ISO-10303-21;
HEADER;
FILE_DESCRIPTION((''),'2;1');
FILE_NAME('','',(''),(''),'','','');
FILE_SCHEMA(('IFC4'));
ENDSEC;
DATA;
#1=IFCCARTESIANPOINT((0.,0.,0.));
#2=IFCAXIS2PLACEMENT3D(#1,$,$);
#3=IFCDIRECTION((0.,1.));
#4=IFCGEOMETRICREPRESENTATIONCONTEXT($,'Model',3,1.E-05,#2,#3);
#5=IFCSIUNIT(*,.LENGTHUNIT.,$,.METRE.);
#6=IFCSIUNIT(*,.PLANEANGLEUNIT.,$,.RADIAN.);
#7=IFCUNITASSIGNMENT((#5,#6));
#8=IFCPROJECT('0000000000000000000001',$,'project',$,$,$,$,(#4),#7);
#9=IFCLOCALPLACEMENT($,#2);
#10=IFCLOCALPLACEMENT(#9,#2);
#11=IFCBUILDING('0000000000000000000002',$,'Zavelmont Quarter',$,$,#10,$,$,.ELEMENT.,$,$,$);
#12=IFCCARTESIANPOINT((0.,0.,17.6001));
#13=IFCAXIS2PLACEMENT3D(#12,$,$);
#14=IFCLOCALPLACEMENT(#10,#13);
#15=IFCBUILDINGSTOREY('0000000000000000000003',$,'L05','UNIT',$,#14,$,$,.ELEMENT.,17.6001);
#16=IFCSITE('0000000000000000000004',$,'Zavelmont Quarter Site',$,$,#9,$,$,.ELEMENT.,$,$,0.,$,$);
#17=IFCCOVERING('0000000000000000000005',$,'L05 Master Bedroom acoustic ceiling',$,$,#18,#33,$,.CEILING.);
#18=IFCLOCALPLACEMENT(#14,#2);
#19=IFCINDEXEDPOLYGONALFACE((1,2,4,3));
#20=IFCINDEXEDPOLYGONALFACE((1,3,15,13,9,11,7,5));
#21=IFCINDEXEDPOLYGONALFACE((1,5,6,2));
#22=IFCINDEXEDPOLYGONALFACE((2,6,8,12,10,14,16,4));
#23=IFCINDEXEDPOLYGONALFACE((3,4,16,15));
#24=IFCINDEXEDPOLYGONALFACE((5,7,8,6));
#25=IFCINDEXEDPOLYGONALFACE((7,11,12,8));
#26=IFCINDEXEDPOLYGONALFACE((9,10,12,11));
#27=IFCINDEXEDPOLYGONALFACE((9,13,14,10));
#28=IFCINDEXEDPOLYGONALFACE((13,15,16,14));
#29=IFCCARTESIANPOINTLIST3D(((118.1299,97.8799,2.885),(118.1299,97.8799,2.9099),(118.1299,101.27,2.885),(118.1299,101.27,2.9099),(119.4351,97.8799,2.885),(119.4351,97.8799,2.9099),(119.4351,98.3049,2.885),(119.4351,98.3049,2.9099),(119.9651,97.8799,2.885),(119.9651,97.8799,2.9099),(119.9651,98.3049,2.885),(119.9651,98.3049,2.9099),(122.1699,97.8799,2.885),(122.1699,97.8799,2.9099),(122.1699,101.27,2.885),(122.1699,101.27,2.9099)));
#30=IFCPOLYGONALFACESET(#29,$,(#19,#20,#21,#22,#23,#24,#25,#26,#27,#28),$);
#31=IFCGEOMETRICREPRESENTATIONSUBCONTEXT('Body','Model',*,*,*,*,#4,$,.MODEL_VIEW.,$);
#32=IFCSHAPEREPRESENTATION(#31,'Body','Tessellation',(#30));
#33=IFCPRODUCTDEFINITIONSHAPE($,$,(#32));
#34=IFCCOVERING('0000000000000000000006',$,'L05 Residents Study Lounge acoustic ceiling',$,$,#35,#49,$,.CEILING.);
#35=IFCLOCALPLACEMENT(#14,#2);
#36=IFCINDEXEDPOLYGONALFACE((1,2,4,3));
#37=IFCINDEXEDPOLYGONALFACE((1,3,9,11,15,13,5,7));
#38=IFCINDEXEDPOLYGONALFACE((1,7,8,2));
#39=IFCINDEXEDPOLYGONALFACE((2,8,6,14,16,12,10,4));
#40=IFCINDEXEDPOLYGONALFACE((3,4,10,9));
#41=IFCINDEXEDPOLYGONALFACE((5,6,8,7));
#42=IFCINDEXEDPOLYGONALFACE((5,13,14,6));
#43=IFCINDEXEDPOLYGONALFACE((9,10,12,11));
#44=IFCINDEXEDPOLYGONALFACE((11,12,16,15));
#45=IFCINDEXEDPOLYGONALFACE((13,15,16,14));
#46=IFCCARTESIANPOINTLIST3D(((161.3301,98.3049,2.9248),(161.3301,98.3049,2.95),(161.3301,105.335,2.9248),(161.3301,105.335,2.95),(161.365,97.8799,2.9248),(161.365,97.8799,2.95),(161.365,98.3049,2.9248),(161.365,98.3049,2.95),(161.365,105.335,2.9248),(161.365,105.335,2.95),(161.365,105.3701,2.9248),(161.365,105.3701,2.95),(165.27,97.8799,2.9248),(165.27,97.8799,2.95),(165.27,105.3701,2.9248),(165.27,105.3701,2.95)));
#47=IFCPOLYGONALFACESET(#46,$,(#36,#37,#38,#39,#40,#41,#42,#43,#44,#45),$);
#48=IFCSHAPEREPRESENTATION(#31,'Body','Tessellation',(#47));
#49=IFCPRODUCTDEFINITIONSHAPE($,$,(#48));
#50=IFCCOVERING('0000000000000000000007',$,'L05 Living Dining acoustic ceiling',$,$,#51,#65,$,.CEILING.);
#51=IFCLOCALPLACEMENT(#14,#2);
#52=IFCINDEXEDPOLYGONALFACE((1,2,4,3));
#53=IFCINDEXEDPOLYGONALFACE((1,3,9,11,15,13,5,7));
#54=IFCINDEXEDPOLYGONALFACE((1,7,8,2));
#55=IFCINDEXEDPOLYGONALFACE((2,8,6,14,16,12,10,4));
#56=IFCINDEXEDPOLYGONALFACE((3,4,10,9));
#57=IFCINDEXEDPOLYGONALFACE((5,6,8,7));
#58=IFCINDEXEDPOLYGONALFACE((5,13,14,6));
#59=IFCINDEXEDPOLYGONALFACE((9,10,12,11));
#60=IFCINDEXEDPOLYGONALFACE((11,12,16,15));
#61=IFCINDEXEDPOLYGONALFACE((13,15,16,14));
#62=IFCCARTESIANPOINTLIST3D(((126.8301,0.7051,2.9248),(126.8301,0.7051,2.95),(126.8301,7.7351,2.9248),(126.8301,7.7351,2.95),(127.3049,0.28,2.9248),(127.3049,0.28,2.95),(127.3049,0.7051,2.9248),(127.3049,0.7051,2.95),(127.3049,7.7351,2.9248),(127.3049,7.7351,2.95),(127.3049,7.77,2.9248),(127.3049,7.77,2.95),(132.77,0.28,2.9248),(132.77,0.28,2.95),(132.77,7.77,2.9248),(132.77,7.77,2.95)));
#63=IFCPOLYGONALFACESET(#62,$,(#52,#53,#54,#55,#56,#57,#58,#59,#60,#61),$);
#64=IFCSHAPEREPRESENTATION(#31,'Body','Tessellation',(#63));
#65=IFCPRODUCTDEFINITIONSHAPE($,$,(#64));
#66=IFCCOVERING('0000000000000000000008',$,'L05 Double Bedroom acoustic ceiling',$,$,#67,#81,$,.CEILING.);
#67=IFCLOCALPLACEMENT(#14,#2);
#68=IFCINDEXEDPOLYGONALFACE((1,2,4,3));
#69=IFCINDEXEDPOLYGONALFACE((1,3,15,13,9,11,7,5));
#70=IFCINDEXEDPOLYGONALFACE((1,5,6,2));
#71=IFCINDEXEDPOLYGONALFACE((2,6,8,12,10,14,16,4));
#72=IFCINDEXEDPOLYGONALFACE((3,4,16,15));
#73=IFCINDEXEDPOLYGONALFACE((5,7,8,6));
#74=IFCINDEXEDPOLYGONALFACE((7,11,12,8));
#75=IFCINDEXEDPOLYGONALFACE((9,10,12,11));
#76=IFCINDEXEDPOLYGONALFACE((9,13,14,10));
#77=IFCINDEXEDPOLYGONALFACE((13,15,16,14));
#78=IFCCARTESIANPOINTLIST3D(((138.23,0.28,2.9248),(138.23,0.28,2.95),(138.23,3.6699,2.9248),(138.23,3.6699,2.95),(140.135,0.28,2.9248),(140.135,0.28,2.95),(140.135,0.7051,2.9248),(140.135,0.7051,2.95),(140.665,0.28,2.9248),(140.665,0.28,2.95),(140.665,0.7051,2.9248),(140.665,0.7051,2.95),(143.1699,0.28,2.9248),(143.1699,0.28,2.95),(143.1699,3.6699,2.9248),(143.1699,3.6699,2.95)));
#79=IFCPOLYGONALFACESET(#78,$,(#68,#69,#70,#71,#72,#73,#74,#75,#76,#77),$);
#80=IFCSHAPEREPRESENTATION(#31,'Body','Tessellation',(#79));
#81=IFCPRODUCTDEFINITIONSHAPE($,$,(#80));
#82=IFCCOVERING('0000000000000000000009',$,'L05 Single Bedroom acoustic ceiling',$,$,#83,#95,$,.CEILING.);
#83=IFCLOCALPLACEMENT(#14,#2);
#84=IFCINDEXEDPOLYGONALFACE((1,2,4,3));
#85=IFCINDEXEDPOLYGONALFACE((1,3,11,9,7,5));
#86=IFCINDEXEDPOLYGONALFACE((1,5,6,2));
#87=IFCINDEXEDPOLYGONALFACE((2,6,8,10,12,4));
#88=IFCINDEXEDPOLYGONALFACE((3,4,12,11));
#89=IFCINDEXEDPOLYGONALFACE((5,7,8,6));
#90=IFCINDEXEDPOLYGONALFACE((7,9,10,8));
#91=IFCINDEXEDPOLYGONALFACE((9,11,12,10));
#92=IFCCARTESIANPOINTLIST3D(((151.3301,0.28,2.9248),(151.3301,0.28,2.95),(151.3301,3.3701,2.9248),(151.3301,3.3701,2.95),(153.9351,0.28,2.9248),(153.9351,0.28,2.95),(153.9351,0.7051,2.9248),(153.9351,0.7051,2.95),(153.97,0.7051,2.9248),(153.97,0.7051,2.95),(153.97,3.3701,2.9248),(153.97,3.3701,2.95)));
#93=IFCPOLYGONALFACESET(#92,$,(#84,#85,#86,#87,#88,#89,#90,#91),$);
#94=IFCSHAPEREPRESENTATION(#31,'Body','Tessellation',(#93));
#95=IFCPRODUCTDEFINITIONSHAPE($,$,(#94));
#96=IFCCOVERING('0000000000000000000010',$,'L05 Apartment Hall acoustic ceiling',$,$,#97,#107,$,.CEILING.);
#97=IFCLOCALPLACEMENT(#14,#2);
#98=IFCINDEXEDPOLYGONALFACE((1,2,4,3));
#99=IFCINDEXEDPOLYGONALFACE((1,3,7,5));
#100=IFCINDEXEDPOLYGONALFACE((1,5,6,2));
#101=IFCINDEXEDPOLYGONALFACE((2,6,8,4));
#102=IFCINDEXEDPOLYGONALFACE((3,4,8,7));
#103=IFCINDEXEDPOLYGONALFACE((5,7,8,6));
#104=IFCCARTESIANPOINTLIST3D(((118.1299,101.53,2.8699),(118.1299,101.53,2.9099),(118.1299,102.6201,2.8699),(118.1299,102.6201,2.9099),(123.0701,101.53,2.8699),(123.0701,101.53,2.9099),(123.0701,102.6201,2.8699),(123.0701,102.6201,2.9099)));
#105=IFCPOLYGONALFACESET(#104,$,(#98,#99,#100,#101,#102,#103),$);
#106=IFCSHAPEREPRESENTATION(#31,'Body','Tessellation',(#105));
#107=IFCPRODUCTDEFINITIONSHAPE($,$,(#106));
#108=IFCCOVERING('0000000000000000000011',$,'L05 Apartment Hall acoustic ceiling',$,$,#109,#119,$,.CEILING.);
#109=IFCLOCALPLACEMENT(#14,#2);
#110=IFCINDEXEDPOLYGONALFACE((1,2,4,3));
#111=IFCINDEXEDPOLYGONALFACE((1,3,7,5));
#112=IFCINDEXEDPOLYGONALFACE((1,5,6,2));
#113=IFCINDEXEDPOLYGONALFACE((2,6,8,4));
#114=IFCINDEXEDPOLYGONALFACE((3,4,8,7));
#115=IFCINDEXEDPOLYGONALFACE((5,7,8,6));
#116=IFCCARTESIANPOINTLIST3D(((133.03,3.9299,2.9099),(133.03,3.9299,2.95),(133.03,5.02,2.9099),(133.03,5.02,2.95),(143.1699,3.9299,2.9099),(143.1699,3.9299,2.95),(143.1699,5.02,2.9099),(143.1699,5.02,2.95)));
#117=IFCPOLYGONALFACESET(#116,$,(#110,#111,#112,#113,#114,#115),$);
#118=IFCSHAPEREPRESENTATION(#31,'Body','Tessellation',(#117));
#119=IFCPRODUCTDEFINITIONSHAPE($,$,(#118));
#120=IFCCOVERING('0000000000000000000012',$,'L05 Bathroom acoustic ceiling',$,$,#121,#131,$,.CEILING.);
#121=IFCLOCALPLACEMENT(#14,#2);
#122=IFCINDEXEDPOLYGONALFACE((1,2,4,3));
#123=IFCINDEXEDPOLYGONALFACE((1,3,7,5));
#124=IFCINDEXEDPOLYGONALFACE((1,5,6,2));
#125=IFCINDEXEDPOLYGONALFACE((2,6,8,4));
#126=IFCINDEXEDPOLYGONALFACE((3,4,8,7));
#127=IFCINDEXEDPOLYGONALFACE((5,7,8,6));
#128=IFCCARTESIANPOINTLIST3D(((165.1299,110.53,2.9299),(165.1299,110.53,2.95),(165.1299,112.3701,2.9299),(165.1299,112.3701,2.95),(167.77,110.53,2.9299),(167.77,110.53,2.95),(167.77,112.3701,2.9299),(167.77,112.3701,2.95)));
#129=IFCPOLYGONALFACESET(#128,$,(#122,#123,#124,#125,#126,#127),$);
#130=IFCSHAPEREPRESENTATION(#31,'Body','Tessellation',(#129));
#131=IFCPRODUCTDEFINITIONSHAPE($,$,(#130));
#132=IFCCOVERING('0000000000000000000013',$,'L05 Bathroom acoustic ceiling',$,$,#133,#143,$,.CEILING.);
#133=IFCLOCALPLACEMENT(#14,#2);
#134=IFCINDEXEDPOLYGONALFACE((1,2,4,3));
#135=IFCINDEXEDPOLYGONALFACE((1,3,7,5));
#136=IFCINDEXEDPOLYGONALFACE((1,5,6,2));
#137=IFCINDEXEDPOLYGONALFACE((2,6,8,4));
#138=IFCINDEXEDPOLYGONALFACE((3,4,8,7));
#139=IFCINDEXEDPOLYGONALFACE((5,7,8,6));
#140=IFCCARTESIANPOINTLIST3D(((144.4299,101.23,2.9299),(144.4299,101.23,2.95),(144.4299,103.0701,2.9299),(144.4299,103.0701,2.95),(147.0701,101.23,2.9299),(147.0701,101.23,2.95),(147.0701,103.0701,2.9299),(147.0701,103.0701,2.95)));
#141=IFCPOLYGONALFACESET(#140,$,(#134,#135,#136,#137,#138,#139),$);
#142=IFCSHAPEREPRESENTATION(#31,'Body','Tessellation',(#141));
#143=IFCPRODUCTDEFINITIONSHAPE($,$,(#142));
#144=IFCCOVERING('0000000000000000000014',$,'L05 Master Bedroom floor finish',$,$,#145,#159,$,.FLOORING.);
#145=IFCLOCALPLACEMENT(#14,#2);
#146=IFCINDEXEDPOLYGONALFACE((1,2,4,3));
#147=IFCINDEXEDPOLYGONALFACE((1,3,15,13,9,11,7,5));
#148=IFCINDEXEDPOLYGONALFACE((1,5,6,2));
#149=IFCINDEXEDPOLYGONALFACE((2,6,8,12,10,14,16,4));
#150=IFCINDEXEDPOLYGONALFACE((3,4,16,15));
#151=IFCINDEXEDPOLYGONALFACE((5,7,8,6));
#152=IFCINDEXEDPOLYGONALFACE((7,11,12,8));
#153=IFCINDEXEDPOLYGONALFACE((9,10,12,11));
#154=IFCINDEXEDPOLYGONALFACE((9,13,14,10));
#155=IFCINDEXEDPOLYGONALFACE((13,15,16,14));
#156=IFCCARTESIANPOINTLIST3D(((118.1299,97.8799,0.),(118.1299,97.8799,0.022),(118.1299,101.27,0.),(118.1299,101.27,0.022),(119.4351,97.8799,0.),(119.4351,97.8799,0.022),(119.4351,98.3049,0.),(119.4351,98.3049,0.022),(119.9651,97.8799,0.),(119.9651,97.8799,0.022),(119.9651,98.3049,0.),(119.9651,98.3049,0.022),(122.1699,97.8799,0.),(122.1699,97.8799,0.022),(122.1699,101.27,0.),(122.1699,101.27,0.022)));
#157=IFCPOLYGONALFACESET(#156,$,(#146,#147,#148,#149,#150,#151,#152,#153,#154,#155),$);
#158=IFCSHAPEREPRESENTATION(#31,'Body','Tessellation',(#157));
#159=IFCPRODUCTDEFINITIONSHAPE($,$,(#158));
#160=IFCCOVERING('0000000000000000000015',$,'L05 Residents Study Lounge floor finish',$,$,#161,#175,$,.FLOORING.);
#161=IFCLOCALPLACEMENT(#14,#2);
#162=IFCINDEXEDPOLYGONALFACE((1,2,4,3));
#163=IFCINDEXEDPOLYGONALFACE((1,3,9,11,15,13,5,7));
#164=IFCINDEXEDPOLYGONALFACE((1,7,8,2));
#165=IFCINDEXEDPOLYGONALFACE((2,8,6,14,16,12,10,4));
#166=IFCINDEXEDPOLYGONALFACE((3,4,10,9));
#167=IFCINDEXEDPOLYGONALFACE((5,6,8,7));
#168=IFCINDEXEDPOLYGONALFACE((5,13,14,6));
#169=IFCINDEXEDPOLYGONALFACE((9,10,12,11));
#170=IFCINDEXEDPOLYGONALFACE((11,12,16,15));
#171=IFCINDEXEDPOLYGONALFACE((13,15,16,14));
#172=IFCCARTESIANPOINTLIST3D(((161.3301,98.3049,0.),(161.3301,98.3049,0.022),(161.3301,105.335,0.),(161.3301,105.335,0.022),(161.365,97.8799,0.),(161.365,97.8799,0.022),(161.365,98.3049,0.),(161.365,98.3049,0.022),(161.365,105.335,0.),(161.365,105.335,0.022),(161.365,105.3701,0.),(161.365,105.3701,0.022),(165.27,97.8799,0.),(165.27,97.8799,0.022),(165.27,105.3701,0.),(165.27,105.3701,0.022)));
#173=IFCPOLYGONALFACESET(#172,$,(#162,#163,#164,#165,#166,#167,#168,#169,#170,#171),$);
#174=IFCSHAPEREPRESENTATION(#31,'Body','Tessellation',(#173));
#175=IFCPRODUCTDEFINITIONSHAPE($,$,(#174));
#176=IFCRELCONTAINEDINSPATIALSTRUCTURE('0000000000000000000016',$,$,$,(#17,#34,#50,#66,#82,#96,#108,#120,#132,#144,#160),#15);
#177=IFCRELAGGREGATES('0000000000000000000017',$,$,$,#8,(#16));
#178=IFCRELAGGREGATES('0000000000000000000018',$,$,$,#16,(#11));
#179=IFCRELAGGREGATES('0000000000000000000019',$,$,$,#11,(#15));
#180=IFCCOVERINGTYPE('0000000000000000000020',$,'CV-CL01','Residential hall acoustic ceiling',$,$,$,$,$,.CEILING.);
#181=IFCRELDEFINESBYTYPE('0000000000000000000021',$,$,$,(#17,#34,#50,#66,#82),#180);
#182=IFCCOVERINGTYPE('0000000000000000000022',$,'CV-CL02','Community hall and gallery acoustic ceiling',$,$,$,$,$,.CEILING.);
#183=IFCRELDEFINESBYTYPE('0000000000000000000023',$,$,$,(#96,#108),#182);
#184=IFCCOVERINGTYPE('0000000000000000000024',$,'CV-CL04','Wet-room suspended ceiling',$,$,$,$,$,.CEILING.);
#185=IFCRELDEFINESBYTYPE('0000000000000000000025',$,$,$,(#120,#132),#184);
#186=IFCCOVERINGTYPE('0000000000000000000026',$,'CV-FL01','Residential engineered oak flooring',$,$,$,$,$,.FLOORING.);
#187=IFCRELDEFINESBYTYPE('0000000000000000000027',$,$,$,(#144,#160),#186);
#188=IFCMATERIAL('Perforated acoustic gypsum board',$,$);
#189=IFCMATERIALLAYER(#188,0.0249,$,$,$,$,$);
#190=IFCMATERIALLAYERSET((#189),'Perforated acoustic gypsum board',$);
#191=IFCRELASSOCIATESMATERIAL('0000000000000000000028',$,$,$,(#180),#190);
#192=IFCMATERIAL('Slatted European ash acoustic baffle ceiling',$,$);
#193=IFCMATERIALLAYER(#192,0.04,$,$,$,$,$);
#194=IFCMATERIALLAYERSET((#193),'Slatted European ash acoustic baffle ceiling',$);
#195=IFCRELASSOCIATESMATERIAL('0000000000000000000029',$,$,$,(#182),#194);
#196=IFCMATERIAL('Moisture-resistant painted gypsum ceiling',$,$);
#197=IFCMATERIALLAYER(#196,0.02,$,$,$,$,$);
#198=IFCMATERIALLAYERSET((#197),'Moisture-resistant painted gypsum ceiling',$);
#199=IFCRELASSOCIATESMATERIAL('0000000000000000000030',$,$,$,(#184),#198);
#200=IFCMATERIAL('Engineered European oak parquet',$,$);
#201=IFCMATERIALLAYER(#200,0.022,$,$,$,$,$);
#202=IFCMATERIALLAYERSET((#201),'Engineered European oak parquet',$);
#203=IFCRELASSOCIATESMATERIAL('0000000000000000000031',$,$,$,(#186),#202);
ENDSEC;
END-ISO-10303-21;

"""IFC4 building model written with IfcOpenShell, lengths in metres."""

from ifc_helpers import new_model, si_unit, direction, frame, origin, place, context, subcontext, project, spatial, polyline, outline, extrude, material, layer, layer_set, type_object, element, save


model = new_model("IFC4")

# Units and contexts
model_context = context("Model", 3, precision=1e-05, world=origin(), true_north=direction((0.0, 1.0)))
body_context = subcontext(model_context, "Body", "Model", "MODEL_VIEW")
ifc_project = project(units=[si_unit("LENGTHUNIT", "METRE"), si_unit("PLANEANGLEUNIT", "RADIAN")], contexts=[model_context])

# Site, building, storey
site_placement = place(None, origin())
site = spatial("IfcSite", under=ifc_project, at=site_placement, Name="Zavelmont Quarter Site", CompositionType="ELEMENT", RefElevation=0.0)
building_placement = place(site_placement, origin())
building = spatial("IfcBuilding", under=site, at=building_placement, Name="Zavelmont Quarter", CompositionType="ELEMENT")
storey_placement = place(building_placement, frame((0.0, 0.0, 17.6001)))
storey = spatial("IfcBuildingStorey", under=building, at=storey_placement, Name="L05", Description="UNIT", CompositionType="ELEMENT", Elevation=17.6001)

# Coverings
ifc_material_1 = material(Name="Perforated acoustic gypsum board")
ifc_layer_1 = layer(ifc_material_1, 0.0249)
ifc_layer_set_1 = layer_set([ifc_layer_1], Name="Perforated acoustic gypsum board")
covering_type_1 = type_object("IfcCoveringType", Name="CV-CL01", Description="Residential hall acoustic ceiling", PredefinedType="CEILING", material=ifc_layer_set_1)
covering_1_placement = place(storey_placement, frame((0.0, 0.0, 2.885)))
element("IfcCovering", 1, at=covering_1_placement, inside=storey, type_object=covering_type_1, Name="L05 Master Bedroom acoustic ceiling", PredefinedType="CEILING", context=body_context, shape_type="SweptSolid", body=[
    extrude(outline(polyline([(118.1299, 101.27), (122.1699, 101.27), (122.1699, 97.8799), (119.9651, 97.8799), (119.9651, 98.3049), (119.4351, 98.3049), (119.4351, 97.8799), (118.1299, 97.8799), (118.1299, 101.27)])), origin(), (0.0, 0.0, 1.0), 0.0249),
])
covering_2_placement = place(storey_placement, frame((0.0, 0.0, 2.9248)))
element("IfcCovering", 2, at=covering_2_placement, inside=storey, type_object=covering_type_1, Name="L05 Residents Study Lounge acoustic ceiling", PredefinedType="CEILING", context=body_context, shape_type="SweptSolid", body=[
    extrude(outline(polyline([(161.3301, 105.335), (161.365, 105.335), (161.365, 105.3701), (165.27, 105.3701), (165.27, 97.8799), (161.365, 97.8799), (161.365, 98.3049), (161.3301, 98.3049), (161.3301, 105.335)])), origin(), (0.0, 0.0, 1.0), 0.0251),
])
covering_3_placement = place(storey_placement, frame((0.0, 0.0, 2.9248)))
element("IfcCovering", 3, at=covering_3_placement, inside=storey, type_object=covering_type_1, Name="L05 Living Dining acoustic ceiling", PredefinedType="CEILING", context=body_context, shape_type="SweptSolid", body=[
    extrude(outline(polyline([(126.8301, 7.7351), (127.3049, 7.7351), (127.3049, 7.77), (132.77, 7.77), (132.77, 0.28), (127.3049, 0.28), (127.3049, 0.7051), (126.8301, 0.7051), (126.8301, 7.7351)])), origin(), (0.0, 0.0, 1.0), 0.0251),
])
covering_4_placement = place(storey_placement, frame((0.0, 0.0, 2.9248)))
element("IfcCovering", 4, at=covering_4_placement, inside=storey, type_object=covering_type_1, Name="L05 Double Bedroom acoustic ceiling", PredefinedType="CEILING", context=body_context, shape_type="SweptSolid", body=[
    extrude(outline(polyline([(138.23, 3.6699), (143.1699, 3.6699), (143.1699, 0.28), (140.665, 0.28), (140.665, 0.7051), (140.135, 0.7051), (140.135, 0.28), (138.23, 0.28), (138.23, 3.6699)])), origin(), (0.0, 0.0, 1.0), 0.0251),
])
covering_5_placement = place(storey_placement, frame((0.0, 0.0, 2.9248)))
element("IfcCovering", 5, at=covering_5_placement, inside=storey, type_object=covering_type_1, Name="L05 Single Bedroom acoustic ceiling", PredefinedType="CEILING", context=body_context, shape_type="SweptSolid", body=[
    extrude(outline(polyline([(151.3301, 3.3701), (153.97, 3.3701), (153.97, 0.7051), (153.9351, 0.7051), (153.9351, 0.28), (151.3301, 0.28), (151.3301, 3.3701)])), origin(), (0.0, 0.0, 1.0), 0.0251),
])
ifc_material_2 = material(Name="Slatted European ash acoustic baffle ceiling")
ifc_layer_2 = layer(ifc_material_2, 0.04)
ifc_layer_set_2 = layer_set([ifc_layer_2], Name="Slatted European ash acoustic baffle ceiling")
covering_type_2 = type_object("IfcCoveringType", Name="CV-CL02", Description="Community hall and gallery acoustic ceiling", PredefinedType="CEILING", material=ifc_layer_set_2)
covering_6_placement = place(storey_placement, frame((0.0, 0.0, 2.8699)))
element("IfcCovering", 6, at=covering_6_placement, inside=storey, type_object=covering_type_2, Name="L05 Apartment Hall acoustic ceiling", PredefinedType="CEILING", context=body_context, shape_type="SweptSolid", body=[
    extrude(outline(polyline([(118.1299, 102.6201), (123.0701, 102.6201), (123.0701, 101.53), (118.1299, 101.53), (118.1299, 102.6201)])), origin(), (0.0, 0.0, 1.0), 0.04),
])
covering_7_placement = place(storey_placement, frame((0.0, 0.0, 2.9099)))
element("IfcCovering", 7, at=covering_7_placement, inside=storey, type_object=covering_type_2, Name="L05 Apartment Hall acoustic ceiling", PredefinedType="CEILING", context=body_context, shape_type="SweptSolid", body=[
    extrude(outline(polyline([(133.03, 5.02), (143.1699, 5.02), (143.1699, 3.9299), (133.03, 3.9299), (133.03, 5.02)])), origin(), (0.0, 0.0, 1.0), 0.04),
])
ifc_material_3 = material(Name="Moisture-resistant painted gypsum ceiling")
ifc_layer_3 = layer(ifc_material_3, 0.02)
ifc_layer_set_3 = layer_set([ifc_layer_3], Name="Moisture-resistant painted gypsum ceiling")
covering_type_3 = type_object("IfcCoveringType", Name="CV-CL04", Description="Wet-room suspended ceiling", PredefinedType="CEILING", material=ifc_layer_set_3)
covering_8_placement = place(storey_placement, frame((0.0, 0.0, 2.9299)))
element("IfcCovering", 8, at=covering_8_placement, inside=storey, type_object=covering_type_3, Name="L05 Bathroom acoustic ceiling", PredefinedType="CEILING", context=body_context, shape_type="SweptSolid", body=[
    extrude(outline(polyline([(165.1299, 112.3701), (167.77, 112.3701), (167.77, 110.53), (165.1299, 110.53), (165.1299, 112.3701)])), origin(), (0.0, 0.0, 1.0), 0.02),
])
covering_9_placement = place(storey_placement, frame((0.0, 0.0, 2.9299)))
element("IfcCovering", 9, at=covering_9_placement, inside=storey, type_object=covering_type_3, Name="L05 Bathroom acoustic ceiling", PredefinedType="CEILING", context=body_context, shape_type="SweptSolid", body=[
    extrude(outline(polyline([(144.4299, 103.0701), (147.0701, 103.0701), (147.0701, 101.23), (144.4299, 101.23), (144.4299, 103.0701)])), origin(), (0.0, 0.0, 1.0), 0.02),
])
ifc_material_4 = material(Name="Engineered European oak parquet")
ifc_layer_4 = layer(ifc_material_4, 0.022)
ifc_layer_set_4 = layer_set([ifc_layer_4], Name="Engineered European oak parquet")
covering_type_4 = type_object("IfcCoveringType", Name="CV-FL01", Description="Residential engineered oak flooring", PredefinedType="FLOORING", material=ifc_layer_set_4)
covering_10_placement = place(storey_placement, origin())
element("IfcCovering", 10, at=covering_10_placement, inside=storey, type_object=covering_type_4, Name="L05 Master Bedroom floor finish", PredefinedType="FLOORING", context=body_context, shape_type="SweptSolid", body=[
    extrude(outline(polyline([(118.1299, 101.27), (122.1699, 101.27), (122.1699, 97.8799), (119.9651, 97.8799), (119.9651, 98.3049), (119.4351, 98.3049), (119.4351, 97.8799), (118.1299, 97.8799), (118.1299, 101.27)])), origin(), (0.0, 0.0, 1.0), 0.022),
])
covering_11_placement = place(storey_placement, origin())
element("IfcCovering", 11, at=covering_11_placement, inside=storey, type_object=covering_type_4, Name="L05 Residents Study Lounge floor finish", PredefinedType="FLOORING", context=body_context, shape_type="SweptSolid", body=[
    extrude(outline(polyline([(161.3301, 105.335), (161.365, 105.335), (161.365, 105.3701), (165.27, 105.3701), (165.27, 97.8799), (161.365, 97.8799), (161.365, 98.3049), (161.3301, 98.3049), (161.3301, 105.335)])), origin(), (0.0, 0.0, 1.0), 0.022),
])

save(model, "model.ifc")
